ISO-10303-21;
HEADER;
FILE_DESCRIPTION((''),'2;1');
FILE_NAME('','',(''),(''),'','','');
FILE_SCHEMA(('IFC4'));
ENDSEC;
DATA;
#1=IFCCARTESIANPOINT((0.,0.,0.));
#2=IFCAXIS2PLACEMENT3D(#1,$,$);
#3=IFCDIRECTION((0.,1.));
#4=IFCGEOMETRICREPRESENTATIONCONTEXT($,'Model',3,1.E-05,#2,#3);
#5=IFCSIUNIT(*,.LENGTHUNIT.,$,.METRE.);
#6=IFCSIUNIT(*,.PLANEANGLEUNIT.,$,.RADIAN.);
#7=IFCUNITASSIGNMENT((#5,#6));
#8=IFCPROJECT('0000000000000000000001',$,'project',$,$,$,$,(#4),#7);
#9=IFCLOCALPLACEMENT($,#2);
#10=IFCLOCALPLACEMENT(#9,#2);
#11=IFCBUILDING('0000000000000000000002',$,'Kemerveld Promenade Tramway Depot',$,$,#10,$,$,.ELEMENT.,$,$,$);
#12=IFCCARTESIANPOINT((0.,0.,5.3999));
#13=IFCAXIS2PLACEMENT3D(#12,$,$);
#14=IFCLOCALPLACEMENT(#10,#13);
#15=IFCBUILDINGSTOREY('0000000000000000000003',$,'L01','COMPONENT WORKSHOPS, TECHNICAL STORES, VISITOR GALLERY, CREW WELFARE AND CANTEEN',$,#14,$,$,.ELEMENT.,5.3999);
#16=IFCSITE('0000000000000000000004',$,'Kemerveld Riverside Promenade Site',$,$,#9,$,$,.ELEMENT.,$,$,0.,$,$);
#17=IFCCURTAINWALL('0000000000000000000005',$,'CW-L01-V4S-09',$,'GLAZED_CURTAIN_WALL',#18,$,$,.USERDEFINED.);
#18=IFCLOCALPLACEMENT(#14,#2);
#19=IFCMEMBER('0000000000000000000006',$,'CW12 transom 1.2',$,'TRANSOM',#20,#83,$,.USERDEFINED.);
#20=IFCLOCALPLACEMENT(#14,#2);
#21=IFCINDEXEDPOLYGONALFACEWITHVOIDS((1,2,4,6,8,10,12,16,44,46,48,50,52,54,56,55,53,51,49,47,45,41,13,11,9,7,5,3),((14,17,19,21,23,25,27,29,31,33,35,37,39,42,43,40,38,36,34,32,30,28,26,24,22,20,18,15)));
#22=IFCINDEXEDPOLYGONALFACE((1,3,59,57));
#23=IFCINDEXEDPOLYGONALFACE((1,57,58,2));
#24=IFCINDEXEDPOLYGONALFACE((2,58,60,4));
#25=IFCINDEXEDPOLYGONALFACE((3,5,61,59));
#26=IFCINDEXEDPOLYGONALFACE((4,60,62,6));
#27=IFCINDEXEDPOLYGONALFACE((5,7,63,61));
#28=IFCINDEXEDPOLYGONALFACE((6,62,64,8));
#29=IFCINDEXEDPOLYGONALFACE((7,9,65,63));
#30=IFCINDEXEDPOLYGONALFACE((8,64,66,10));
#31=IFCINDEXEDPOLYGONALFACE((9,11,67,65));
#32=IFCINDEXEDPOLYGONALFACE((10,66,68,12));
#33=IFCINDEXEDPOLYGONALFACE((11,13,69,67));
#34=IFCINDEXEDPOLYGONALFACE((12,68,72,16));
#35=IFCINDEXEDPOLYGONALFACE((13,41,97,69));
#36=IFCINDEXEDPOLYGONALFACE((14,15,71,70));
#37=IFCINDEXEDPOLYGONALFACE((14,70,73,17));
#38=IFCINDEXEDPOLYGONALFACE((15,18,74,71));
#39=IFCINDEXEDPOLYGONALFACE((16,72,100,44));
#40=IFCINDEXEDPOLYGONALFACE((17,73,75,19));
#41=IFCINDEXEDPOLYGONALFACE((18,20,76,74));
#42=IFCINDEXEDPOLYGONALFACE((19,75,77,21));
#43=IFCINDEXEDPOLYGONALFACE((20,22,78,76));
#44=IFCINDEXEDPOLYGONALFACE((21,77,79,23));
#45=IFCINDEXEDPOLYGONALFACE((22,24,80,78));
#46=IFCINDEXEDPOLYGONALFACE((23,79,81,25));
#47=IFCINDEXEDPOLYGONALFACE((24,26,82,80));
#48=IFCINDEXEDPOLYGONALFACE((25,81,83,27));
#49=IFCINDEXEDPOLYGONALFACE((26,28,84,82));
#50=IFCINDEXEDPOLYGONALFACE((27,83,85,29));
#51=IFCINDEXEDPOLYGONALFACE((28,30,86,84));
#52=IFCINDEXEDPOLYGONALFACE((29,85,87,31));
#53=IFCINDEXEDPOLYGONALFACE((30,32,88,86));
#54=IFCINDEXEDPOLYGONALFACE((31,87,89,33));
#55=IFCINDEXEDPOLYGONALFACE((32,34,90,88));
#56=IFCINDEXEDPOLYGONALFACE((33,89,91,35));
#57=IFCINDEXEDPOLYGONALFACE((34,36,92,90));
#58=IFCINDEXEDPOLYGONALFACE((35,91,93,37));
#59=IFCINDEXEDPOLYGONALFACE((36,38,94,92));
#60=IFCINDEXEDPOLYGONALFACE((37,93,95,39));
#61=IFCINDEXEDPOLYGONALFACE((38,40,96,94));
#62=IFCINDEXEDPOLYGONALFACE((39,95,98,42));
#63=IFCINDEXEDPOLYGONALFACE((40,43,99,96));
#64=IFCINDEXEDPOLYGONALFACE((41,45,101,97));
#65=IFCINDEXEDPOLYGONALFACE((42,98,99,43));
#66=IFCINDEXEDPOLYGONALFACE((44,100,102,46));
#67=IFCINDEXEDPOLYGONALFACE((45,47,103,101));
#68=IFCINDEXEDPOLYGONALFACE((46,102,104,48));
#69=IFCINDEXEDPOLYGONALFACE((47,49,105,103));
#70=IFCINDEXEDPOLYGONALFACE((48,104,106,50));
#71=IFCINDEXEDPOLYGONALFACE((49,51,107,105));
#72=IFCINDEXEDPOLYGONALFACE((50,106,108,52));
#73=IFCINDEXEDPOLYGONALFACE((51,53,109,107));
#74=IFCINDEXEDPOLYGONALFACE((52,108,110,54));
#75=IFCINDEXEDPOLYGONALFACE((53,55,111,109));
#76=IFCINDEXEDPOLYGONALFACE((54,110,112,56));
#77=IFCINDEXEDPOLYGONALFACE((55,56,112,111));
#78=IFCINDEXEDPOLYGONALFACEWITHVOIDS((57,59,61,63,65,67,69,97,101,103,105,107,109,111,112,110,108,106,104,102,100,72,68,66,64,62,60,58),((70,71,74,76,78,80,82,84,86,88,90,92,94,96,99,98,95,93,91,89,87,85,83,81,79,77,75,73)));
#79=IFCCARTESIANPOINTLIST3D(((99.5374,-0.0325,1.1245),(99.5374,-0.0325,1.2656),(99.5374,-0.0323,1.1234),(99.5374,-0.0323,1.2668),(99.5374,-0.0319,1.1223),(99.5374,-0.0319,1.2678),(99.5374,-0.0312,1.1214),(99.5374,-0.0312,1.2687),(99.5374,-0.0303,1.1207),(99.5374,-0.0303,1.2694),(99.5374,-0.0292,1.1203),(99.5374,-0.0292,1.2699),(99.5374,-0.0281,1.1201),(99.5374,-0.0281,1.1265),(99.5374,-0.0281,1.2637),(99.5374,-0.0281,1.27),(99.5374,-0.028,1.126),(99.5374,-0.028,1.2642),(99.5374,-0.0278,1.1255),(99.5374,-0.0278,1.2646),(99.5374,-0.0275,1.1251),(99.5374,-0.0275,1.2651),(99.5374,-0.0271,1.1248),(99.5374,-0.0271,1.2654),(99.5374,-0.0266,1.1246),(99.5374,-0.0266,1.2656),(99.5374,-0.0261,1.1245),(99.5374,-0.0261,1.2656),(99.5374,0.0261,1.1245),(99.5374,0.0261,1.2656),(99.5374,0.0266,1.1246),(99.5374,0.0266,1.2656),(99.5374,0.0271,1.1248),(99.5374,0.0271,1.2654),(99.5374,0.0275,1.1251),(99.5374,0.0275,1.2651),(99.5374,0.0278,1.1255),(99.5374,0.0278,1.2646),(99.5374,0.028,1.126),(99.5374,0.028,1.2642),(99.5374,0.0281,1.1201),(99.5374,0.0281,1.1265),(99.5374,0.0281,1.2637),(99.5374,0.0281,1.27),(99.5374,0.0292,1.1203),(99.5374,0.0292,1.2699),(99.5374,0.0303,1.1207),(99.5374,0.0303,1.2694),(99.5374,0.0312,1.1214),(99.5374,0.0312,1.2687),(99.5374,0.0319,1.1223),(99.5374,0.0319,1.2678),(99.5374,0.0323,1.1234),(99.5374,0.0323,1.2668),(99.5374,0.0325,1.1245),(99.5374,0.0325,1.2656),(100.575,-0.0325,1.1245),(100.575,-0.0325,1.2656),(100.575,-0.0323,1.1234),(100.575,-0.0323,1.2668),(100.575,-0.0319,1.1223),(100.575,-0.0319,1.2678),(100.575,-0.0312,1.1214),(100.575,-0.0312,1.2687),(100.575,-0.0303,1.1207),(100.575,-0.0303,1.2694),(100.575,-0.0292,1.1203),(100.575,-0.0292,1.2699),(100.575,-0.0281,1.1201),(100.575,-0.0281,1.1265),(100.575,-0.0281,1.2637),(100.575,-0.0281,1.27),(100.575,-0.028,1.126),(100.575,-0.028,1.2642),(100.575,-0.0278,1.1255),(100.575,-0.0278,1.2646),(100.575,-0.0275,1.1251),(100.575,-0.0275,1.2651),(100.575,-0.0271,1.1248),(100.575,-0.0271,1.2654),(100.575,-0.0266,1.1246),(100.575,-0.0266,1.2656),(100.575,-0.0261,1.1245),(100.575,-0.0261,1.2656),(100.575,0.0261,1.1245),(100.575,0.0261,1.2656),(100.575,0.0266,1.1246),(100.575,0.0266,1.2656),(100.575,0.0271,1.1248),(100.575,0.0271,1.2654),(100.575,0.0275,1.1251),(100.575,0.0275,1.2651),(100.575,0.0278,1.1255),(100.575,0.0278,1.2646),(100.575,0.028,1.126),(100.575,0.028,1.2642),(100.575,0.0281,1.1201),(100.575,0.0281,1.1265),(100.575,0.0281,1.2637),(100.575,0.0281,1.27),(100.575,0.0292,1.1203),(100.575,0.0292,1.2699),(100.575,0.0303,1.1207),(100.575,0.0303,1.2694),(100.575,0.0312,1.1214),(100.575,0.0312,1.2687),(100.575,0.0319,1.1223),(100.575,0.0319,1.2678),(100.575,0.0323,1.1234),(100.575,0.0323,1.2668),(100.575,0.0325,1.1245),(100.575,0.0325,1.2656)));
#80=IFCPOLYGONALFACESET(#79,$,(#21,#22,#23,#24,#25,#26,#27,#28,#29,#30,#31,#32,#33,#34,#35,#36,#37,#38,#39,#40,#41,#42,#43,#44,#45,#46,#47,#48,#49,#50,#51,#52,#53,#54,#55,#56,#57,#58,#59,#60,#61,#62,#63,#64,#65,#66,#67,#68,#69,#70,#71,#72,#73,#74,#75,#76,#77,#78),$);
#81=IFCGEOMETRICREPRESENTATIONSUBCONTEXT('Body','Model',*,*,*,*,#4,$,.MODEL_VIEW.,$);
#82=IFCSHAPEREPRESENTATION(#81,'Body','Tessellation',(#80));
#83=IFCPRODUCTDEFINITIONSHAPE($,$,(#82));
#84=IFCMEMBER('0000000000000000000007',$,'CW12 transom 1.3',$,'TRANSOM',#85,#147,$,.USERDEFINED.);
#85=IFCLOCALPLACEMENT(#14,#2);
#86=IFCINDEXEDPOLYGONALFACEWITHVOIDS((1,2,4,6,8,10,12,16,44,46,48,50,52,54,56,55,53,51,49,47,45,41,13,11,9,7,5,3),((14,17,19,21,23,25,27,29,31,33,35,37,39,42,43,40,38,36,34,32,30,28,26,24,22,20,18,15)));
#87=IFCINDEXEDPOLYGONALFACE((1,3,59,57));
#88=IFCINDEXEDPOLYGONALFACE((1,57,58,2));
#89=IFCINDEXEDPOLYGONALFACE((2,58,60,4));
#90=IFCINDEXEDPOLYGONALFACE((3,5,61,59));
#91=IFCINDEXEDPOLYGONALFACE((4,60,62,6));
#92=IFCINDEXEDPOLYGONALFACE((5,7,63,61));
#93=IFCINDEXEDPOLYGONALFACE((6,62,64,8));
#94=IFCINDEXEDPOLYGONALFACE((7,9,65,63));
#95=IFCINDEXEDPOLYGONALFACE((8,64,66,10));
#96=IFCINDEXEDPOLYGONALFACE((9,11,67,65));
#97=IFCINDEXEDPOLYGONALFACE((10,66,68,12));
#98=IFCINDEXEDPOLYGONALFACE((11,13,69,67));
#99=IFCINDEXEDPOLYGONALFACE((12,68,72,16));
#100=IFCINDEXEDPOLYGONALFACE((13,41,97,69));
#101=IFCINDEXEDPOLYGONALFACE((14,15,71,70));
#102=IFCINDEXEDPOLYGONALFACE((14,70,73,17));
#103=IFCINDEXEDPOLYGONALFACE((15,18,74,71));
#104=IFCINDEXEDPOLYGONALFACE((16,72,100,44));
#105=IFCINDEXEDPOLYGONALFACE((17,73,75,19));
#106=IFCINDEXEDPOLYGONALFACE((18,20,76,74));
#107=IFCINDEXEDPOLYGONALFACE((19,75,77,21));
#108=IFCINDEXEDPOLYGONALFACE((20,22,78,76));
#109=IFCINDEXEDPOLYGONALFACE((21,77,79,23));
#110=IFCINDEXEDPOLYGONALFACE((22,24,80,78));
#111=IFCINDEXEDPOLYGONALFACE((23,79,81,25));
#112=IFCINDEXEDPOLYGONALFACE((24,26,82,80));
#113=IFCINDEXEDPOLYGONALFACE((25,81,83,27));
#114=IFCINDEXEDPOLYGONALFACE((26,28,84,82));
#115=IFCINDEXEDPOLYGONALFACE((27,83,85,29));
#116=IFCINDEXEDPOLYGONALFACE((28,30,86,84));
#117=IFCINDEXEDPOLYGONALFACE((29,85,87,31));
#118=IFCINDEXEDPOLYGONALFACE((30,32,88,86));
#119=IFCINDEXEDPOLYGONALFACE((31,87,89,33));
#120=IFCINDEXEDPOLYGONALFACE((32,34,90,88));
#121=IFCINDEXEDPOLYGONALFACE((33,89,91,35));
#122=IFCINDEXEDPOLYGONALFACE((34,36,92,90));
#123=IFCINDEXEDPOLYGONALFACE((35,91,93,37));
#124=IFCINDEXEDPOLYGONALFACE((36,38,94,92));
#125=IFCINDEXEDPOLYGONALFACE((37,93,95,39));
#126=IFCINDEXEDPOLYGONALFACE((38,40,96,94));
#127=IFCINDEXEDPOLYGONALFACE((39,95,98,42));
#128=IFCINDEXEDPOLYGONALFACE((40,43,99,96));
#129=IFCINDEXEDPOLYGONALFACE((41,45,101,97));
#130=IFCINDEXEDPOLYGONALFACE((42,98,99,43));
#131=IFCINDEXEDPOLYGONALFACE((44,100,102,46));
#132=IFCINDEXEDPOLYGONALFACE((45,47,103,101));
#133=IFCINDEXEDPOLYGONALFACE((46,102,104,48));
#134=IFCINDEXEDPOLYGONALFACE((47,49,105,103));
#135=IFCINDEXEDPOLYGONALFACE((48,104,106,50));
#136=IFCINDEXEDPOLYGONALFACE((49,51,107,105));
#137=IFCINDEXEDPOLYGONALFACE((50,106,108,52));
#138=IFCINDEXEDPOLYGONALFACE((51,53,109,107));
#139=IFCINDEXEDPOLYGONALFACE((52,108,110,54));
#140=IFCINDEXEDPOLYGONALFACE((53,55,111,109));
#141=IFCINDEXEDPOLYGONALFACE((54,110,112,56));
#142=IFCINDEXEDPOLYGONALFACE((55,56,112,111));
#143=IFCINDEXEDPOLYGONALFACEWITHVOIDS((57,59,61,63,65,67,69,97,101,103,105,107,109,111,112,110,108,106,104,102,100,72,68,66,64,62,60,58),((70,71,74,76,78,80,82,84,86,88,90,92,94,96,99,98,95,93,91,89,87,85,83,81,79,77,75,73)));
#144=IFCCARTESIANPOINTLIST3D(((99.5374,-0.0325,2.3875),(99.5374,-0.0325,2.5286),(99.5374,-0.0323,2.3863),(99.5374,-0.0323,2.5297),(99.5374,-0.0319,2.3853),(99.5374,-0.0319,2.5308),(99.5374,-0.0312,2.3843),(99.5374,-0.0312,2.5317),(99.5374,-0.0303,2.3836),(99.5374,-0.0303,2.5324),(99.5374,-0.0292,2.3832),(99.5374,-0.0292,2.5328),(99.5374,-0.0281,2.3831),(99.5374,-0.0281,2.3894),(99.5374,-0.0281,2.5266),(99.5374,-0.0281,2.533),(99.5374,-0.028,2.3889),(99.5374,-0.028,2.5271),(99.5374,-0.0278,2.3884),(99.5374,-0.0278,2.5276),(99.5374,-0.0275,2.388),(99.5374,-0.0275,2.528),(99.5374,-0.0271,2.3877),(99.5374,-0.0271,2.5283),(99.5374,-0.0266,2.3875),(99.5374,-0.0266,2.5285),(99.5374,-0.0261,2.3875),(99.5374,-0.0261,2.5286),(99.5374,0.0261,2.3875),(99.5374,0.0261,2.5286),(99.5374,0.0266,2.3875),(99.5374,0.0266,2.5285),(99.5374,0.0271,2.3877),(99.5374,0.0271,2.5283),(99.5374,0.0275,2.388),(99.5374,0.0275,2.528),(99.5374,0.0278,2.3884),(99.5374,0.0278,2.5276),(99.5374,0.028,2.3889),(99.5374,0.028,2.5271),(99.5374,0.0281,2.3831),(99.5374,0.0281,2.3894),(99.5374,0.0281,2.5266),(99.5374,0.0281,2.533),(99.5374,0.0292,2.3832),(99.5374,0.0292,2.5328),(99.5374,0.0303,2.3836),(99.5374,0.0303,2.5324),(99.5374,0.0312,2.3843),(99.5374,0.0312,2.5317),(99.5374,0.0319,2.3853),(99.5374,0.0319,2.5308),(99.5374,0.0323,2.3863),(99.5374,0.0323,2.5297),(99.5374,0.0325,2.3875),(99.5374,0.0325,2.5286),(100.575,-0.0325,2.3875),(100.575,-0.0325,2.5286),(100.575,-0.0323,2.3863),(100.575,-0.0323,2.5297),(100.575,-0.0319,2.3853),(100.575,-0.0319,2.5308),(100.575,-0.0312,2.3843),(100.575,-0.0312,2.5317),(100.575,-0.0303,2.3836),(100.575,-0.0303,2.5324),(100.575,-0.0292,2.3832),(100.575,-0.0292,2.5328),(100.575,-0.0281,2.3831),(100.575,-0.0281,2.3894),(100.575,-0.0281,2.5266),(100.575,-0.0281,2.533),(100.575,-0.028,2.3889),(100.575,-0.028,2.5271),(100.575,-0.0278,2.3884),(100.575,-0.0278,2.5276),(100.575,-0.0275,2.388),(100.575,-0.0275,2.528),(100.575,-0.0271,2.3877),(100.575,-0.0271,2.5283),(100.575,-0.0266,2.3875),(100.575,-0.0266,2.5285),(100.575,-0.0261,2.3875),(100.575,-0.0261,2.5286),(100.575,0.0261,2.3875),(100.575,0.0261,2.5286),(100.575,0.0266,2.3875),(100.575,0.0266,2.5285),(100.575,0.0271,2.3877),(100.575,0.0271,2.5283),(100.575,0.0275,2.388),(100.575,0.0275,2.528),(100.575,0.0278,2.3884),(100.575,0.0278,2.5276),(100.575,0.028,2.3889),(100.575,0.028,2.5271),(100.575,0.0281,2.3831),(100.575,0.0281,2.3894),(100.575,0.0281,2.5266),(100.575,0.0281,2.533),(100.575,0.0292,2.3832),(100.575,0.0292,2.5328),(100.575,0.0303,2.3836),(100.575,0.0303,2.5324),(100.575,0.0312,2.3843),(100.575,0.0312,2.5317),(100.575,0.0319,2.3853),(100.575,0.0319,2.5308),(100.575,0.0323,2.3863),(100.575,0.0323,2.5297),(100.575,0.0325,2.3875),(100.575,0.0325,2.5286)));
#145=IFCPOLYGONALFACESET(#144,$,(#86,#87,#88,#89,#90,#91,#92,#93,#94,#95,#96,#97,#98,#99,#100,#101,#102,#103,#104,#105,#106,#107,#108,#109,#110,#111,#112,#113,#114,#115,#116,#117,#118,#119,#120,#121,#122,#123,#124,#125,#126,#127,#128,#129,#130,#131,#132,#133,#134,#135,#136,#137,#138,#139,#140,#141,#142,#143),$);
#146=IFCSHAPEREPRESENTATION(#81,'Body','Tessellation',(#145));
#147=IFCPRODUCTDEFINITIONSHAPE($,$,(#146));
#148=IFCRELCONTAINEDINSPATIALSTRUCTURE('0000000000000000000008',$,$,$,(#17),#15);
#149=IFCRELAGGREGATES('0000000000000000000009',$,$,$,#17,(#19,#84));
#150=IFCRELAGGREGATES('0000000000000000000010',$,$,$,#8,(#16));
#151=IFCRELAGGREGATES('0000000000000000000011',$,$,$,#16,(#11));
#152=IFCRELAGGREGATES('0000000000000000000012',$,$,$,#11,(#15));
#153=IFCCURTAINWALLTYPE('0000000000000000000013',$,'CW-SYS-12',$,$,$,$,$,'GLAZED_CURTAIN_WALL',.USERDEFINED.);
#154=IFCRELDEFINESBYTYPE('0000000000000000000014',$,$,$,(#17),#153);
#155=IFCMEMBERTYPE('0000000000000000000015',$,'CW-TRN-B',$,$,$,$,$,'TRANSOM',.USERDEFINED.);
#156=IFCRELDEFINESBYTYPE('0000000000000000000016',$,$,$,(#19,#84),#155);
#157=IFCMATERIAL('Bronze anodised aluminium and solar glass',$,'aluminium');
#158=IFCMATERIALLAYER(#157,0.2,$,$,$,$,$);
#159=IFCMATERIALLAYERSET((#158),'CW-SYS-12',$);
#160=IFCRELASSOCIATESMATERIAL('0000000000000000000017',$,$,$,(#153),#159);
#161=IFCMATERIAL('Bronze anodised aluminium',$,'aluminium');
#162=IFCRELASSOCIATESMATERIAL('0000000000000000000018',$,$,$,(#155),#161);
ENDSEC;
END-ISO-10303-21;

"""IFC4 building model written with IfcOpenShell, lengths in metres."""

from ifc_helpers import new_model, si_unit, direction, frame, origin, origin_2d, place, context, subcontext, project, spatial, hollow_rectangle, extrude, material, layer, layer_set, material_profile, profile_set, type_object, element, aggregate, save


model = new_model("IFC4")

# Units and contexts
model_context = context("Model", 3, precision=1e-05, world=origin(), true_north=direction((0.0, 1.0)))
body_context = subcontext(model_context, "Body", "Model", "MODEL_VIEW")
ifc_project = project(units=[si_unit("LENGTHUNIT", "METRE"), si_unit("PLANEANGLEUNIT", "RADIAN")], contexts=[model_context])

# Site, building, storey
site_placement = place(None, origin())
site = spatial("IfcSite", under=ifc_project, at=site_placement, Name="Kemerveld Riverside Promenade Site", CompositionType="ELEMENT", RefElevation=0.0)
building_placement = place(site_placement, origin())
building = spatial("IfcBuilding", under=site, at=building_placement, Name="Kemerveld Promenade Tramway Depot", CompositionType="ELEMENT")
storey_placement = place(building_placement, frame((0.0, 0.0, 5.3999)))
storey = spatial("IfcBuildingStorey", under=building, at=storey_placement, Name="L01", Description="COMPONENT WORKSHOPS, TECHNICAL STORES, VISITOR GALLERY, CREW WELFARE AND CANTEEN", CompositionType="ELEMENT", Elevation=5.3999)

# Curtain wall, members
ifc_material_1 = material(Name="Bronze anodised aluminium and solar glass", Category="aluminium")
ifc_layer_1 = layer(ifc_material_1, 0.2)
ifc_layer_set_1 = layer_set([ifc_layer_1], Name="CW-SYS-12")
curtain_wall_type = type_object("IfcCurtainWallType", Name="CW-SYS-12", ElementType="GLAZED_CURTAIN_WALL", PredefinedType="USERDEFINED", material=ifc_layer_set_1)
curtain_wall_placement = place(storey_placement, origin())
curtain_wall = element("IfcCurtainWall", 1, at=curtain_wall_placement, inside=storey, type_object=curtain_wall_type, Name="CW-L01-V4S-09", ObjectType="GLAZED_CURTAIN_WALL", PredefinedType="USERDEFINED")
ifc_material_2 = material(Name="Bronze anodised aluminium", Category="aluminium")
ifc_material_profile_1 = material_profile(ifc_material_2, hollow_rectangle(XDim=0.0649, YDim=0.1499, WallThickness=0.0044, InnerFilletRadius=0.002, OuterFilletRadius=0.0044, at=origin_2d()), Name="CW-TRN-150x65")
ifc_profile_set_1 = profile_set([ifc_material_profile_1], Name="Bronze anodised aluminium")
member_type_1 = type_object("IfcMemberType", Name="CW-TRN-B", ElementType="TRANSOM", PredefinedType="USERDEFINED", material=ifc_profile_set_1)
member_1_placement = place(storey_placement, frame((100.575, 0.0, 1.1951), z_axis=(-1.0, 0.0, 0.0), x_axis=(0.0, -1.0, 0.0)))
member_1 = element("IfcMember", 2, at=member_1_placement, type_object=member_type_1, Name="CW12 transom 1.2", ObjectType="TRANSOM", PredefinedType="USERDEFINED", context=body_context, shape_type="SweptSolid", body=[
    extrude(hollow_rectangle(XDim=0.0649, YDim=0.1499, WallThickness=0.0044, InnerFilletRadius=0.002, OuterFilletRadius=0.0044, at=origin_2d()), origin(), (0.0, 0.0, 1.0), 1.0376),
])
member_2_placement = place(storey_placement, frame((100.575, 0.0, 2.458), z_axis=(-1.0, 0.0, 0.0), x_axis=(0.0, -1.0, 0.0)))
member_2 = element("IfcMember", 3, at=member_2_placement, type_object=member_type_1, Name="CW12 transom 1.3", ObjectType="TRANSOM", PredefinedType="USERDEFINED", context=body_context, shape_type="SweptSolid", body=[
    extrude(hollow_rectangle(XDim=0.0649, YDim=0.1499, WallThickness=0.0044, InnerFilletRadius=0.002, OuterFilletRadius=0.0044, at=origin_2d()), origin(), (0.0, 0.0, 1.0), 1.0376),
])
aggregate(curtain_wall, [member_1, member_2])

save(model, "model.ifc")
